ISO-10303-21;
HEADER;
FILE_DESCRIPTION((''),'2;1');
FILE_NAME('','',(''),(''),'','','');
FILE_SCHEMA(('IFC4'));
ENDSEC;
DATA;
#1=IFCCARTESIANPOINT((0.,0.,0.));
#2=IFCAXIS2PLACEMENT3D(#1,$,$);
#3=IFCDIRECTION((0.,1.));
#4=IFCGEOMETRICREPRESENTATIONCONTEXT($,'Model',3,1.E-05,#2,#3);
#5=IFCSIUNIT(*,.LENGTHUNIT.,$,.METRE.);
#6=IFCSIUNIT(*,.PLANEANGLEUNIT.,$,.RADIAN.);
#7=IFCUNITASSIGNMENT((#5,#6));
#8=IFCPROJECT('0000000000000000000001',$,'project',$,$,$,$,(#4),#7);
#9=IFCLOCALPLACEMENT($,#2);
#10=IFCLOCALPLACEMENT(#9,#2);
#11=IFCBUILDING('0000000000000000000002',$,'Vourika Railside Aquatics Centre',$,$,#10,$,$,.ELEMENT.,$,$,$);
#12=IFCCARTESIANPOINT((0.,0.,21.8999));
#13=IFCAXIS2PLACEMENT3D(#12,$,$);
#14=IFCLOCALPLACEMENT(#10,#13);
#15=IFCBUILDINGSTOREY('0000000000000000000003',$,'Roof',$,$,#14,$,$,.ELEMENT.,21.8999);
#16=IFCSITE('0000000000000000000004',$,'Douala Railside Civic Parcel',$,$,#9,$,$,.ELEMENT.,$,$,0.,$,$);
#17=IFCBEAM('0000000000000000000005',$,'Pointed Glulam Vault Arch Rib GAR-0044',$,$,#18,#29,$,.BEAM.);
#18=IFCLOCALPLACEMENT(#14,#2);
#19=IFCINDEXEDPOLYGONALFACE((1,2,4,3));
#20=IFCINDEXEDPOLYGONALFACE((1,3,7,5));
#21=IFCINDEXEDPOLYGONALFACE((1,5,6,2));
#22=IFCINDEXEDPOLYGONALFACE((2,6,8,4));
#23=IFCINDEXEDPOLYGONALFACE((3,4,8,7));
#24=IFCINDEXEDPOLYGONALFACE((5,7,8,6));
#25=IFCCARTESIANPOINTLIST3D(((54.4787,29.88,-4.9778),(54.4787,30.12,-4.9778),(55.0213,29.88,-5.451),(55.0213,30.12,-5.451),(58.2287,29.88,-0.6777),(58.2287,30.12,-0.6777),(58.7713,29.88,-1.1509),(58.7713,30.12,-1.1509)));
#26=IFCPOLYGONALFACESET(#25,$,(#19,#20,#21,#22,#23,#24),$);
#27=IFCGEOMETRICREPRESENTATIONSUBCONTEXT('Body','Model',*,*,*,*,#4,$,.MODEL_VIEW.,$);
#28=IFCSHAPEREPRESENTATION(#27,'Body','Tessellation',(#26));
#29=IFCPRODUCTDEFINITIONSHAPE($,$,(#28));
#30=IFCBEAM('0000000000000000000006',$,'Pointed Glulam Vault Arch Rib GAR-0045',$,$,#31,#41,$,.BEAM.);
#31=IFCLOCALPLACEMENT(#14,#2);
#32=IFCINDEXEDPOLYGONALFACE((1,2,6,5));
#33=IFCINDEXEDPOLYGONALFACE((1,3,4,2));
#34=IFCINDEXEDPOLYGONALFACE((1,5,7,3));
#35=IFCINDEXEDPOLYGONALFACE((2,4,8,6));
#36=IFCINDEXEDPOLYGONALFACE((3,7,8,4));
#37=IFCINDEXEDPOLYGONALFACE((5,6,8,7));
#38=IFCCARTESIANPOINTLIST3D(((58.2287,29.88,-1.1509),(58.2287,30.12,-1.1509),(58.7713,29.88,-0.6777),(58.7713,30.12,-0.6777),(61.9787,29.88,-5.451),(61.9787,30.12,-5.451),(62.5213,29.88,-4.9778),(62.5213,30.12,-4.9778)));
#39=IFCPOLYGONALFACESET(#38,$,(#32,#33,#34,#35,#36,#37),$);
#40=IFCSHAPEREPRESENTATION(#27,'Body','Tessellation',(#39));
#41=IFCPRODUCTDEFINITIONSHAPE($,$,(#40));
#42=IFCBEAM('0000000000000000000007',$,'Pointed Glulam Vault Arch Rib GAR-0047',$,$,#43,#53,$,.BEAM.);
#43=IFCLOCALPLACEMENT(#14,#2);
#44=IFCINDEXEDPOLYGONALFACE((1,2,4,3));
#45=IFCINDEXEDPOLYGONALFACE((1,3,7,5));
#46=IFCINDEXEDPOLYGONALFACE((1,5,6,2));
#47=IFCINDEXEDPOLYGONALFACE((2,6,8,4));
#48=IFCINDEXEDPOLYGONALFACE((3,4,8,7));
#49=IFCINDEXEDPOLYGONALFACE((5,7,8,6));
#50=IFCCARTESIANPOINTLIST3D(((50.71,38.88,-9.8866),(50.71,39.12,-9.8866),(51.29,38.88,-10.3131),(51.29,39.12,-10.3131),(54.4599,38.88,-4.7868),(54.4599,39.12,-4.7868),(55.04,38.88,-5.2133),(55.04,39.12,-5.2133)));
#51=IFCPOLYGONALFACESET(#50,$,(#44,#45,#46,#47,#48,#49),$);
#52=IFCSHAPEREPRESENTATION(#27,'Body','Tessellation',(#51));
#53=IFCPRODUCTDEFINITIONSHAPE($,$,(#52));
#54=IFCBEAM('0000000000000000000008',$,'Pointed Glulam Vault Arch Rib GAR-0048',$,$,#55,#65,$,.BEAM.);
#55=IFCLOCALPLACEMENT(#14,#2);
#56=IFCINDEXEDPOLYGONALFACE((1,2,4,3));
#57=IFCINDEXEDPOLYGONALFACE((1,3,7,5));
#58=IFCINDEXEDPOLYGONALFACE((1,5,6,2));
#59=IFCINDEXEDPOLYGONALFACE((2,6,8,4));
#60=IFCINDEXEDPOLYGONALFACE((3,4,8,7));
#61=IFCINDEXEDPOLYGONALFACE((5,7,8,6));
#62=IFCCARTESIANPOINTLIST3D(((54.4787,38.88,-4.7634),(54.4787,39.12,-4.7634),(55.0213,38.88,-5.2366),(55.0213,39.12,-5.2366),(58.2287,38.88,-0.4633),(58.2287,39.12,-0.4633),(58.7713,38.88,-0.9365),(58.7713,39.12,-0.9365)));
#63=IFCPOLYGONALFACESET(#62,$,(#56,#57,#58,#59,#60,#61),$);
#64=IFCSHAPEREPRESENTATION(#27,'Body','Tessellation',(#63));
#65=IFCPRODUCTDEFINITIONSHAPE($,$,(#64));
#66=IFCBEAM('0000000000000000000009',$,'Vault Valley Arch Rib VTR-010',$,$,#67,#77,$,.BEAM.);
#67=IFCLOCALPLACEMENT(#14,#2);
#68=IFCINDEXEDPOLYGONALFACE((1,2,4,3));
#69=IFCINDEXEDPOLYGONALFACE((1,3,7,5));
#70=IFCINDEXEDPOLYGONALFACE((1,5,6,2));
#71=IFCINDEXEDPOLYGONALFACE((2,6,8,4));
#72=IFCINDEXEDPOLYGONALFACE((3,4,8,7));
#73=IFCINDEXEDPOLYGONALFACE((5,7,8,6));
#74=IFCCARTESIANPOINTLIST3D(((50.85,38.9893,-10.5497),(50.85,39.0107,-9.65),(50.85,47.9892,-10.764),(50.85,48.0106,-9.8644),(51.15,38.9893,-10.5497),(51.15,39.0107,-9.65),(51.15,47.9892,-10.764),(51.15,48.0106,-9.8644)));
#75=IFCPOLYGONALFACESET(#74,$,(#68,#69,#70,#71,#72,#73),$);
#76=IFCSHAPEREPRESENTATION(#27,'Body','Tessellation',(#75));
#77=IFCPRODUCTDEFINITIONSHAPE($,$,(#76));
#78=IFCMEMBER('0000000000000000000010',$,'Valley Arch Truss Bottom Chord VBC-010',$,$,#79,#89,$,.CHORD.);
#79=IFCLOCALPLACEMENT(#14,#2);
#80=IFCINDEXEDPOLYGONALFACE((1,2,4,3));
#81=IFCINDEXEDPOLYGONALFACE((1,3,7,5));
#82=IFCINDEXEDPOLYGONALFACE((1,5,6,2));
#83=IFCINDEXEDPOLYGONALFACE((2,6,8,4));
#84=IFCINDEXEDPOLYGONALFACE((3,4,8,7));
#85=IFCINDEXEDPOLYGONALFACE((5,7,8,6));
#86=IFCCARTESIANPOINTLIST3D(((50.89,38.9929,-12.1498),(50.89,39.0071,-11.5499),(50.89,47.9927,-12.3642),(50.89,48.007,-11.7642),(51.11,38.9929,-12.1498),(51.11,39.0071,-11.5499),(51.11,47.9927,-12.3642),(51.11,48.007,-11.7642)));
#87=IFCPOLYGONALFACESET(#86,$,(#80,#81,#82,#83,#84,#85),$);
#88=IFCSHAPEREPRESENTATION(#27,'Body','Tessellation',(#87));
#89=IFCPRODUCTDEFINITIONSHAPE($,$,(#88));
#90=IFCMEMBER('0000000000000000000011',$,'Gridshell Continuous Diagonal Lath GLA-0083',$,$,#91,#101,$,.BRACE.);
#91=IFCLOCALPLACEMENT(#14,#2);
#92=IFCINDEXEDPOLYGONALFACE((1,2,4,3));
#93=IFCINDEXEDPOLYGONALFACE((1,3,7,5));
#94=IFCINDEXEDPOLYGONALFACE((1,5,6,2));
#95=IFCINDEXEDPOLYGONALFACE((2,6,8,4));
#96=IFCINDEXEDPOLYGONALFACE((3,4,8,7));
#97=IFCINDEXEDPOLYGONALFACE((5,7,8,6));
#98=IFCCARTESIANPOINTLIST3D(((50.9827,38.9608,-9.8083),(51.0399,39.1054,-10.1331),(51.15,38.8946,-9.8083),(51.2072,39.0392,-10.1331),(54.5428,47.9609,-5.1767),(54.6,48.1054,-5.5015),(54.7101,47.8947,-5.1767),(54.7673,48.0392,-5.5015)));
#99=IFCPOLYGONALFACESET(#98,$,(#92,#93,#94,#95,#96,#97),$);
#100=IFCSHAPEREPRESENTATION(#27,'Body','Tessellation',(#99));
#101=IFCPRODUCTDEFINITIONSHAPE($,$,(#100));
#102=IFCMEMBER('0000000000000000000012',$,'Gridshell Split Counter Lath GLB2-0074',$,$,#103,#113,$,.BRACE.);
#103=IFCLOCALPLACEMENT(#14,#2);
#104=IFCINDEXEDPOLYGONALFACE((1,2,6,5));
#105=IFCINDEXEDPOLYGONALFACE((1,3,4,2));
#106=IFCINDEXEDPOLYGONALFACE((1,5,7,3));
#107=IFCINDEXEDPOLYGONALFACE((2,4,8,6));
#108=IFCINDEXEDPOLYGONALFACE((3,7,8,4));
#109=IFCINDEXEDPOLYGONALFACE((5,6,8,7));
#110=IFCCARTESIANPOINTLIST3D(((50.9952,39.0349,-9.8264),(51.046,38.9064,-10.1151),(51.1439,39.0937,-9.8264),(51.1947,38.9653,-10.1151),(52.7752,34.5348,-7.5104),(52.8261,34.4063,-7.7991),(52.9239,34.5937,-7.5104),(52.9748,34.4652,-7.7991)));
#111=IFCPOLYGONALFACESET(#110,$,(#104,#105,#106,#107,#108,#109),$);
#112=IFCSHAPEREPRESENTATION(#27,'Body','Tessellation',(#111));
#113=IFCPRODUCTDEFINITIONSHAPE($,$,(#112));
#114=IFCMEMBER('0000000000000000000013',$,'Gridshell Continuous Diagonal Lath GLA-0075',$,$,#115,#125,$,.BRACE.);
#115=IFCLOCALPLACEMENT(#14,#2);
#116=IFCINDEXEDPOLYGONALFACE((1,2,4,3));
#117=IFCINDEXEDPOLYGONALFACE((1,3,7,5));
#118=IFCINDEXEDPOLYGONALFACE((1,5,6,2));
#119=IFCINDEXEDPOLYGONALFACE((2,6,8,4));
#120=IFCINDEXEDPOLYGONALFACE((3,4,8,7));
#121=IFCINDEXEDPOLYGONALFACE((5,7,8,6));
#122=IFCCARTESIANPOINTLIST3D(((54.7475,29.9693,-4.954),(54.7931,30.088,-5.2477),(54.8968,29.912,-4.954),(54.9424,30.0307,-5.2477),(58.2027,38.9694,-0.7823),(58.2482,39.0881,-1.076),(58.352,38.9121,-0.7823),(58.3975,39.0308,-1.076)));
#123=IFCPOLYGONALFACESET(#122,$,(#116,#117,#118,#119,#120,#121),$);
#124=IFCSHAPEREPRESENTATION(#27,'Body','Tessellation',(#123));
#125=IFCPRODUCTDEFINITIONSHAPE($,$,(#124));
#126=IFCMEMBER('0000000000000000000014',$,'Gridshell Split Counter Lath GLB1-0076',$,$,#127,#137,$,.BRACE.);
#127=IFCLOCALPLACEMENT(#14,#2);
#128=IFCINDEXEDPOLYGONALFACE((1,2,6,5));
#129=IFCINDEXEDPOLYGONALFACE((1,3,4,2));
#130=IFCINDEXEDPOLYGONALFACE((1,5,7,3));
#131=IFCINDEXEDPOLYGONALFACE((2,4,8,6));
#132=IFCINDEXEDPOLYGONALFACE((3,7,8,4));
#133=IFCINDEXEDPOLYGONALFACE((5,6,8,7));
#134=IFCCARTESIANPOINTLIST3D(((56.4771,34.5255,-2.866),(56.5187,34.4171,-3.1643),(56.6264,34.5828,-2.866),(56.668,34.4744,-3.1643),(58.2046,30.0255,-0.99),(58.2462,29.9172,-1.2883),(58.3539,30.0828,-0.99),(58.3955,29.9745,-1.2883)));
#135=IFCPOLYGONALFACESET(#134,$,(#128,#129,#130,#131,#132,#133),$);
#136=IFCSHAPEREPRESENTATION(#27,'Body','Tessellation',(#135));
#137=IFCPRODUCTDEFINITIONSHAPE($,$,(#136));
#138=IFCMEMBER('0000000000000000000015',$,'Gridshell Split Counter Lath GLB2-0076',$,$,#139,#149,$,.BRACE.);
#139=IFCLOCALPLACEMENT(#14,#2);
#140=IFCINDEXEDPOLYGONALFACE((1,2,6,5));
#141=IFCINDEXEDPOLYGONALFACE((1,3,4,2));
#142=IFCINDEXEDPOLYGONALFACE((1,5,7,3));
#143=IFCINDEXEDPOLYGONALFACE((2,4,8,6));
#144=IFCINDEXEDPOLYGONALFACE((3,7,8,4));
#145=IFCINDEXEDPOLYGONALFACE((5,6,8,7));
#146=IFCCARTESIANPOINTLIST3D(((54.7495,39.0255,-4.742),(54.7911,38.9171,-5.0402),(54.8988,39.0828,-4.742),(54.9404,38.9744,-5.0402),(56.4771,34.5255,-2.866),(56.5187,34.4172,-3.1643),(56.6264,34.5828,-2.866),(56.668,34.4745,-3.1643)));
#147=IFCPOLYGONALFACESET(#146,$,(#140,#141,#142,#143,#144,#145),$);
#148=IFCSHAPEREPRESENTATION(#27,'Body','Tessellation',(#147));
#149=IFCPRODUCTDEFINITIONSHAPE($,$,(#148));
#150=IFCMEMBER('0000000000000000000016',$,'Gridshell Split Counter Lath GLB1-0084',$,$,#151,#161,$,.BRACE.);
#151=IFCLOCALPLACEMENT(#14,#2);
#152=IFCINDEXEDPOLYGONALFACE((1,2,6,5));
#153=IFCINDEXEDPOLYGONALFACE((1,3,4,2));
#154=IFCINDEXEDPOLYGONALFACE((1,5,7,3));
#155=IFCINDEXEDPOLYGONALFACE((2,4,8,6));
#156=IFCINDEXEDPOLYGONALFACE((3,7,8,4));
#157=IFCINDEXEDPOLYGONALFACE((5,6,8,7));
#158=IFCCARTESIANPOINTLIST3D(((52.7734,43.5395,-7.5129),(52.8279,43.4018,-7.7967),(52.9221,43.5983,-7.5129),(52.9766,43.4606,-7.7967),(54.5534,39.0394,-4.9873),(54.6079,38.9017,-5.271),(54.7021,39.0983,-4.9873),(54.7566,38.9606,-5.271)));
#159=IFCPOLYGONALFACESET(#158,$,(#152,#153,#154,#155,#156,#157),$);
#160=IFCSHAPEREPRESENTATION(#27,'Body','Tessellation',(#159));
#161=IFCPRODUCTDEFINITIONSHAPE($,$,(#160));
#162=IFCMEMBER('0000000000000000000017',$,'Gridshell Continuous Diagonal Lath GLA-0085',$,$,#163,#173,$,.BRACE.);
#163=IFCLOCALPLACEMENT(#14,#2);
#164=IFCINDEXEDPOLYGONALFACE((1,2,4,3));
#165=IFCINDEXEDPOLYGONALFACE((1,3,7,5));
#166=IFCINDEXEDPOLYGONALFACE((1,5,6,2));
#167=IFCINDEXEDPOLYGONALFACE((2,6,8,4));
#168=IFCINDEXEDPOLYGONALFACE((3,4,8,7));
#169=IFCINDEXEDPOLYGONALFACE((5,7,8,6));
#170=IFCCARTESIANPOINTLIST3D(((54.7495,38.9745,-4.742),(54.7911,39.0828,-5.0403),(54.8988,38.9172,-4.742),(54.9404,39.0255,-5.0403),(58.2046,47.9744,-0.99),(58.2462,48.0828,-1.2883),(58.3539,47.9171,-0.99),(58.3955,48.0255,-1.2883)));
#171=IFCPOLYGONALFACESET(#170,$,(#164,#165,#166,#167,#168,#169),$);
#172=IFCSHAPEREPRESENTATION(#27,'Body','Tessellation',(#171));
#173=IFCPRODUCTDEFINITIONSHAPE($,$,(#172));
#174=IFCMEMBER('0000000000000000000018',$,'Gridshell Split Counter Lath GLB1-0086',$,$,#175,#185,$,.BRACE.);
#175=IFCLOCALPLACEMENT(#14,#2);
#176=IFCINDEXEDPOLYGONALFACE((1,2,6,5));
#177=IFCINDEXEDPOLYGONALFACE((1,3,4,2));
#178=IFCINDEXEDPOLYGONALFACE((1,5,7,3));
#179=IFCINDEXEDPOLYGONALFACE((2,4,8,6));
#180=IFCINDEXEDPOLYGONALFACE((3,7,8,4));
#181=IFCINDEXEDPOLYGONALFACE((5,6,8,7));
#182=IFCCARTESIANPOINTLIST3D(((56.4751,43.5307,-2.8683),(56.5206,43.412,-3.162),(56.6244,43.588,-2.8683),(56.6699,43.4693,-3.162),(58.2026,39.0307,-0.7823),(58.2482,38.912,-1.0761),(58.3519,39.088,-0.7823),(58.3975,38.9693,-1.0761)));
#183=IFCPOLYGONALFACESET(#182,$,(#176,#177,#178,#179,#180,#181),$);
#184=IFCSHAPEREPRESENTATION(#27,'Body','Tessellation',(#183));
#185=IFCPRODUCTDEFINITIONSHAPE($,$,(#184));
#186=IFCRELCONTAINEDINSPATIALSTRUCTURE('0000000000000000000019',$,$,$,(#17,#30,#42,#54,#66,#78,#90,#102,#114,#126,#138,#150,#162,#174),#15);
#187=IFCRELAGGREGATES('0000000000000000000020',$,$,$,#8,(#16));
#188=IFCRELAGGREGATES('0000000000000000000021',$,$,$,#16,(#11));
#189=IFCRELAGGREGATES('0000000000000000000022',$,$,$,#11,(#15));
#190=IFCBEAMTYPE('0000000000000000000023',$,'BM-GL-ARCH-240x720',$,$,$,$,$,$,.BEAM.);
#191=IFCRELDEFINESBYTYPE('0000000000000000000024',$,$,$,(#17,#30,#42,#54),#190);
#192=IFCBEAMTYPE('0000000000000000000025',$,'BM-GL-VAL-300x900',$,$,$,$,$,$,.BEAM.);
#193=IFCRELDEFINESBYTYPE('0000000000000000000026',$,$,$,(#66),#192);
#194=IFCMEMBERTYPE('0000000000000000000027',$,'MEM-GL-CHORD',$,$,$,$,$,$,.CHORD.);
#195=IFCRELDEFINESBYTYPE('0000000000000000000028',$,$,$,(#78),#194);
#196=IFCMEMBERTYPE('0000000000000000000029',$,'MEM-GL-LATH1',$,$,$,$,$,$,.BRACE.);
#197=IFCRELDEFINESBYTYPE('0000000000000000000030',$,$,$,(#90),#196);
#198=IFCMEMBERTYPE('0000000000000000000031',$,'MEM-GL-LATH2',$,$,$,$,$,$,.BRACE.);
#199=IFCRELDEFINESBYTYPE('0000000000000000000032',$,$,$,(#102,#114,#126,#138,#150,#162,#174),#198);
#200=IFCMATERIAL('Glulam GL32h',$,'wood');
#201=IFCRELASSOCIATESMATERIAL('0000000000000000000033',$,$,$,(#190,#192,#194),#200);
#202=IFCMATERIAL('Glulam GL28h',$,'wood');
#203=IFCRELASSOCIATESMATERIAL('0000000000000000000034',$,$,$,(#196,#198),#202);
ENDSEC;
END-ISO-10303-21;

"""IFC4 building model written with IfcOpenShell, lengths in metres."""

from ifc_helpers import new_model, si_unit, direction, frame, origin, origin_2d, place, context, subcontext, project, spatial, rectangle, extrude, material, material_profile, profile_set, type_object, element, save


model = new_model("IFC4")

# Units and contexts
model_context = context("Model", 3, precision=1e-05, world=origin(), true_north=direction((0.0, 1.0)))
body_context = subcontext(model_context, "Body", "Model", "MODEL_VIEW")
ifc_project = project(units=[si_unit("LENGTHUNIT", "METRE"), si_unit("PLANEANGLEUNIT", "RADIAN")], contexts=[model_context])

# Site, building, storey
site_placement = place(None, origin())
site = spatial("IfcSite", under=ifc_project, at=site_placement, Name="Douala Railside Civic Parcel", CompositionType="ELEMENT", RefElevation=0.0)
building_placement = place(site_placement, origin())
building = spatial("IfcBuilding", under=site, at=building_placement, Name="Vourika Railside Aquatics Centre", CompositionType="ELEMENT")
storey_placement = place(building_placement, frame((0.0, 0.0, 21.8999)))
storey = spatial("IfcBuildingStorey", under=building, at=storey_placement, Name="Roof", CompositionType="ELEMENT", Elevation=21.8999)

# Beams
ifc_material_1 = material(Name="Glulam GL32h", Category="wood")
ifc_material_profile_1 = material_profile(ifc_material_1, rectangle(XDim=0.24, YDim=0.72, at=origin_2d()), Name="GL32h 240x720")
ifc_profile_set_1 = profile_set([ifc_material_profile_1], Name="Glulam GL32h")
beam_type_1 = type_object("IfcBeamType", Name="BM-GL-ARCH-240x720", PredefinedType="BEAM", material=ifc_profile_set_1)
for number, where, z_axis, x_axis, name in (
    (1, (54.75, 30.0, -5.2144), (0.657259, 0.0, 0.753665), (0.0, 1.0, 0.0), "Pointed Glulam Vault Arch Rib GAR-0044"),
    (2, (58.5, 30.0, -0.9143), (0.657259, 0.0, -0.753665), (0.0, 1.0, 0.0), "Pointed Glulam Vault Arch Rib GAR-0045"),
):
    element("IfcBeam", number, at=place(storey_placement, frame(where, z_axis=z_axis, x_axis=x_axis)), inside=storey, type_object=beam_type_1, Name=name, PredefinedType="BEAM", context=body_context, shape_type="SweptSolid", body=[
        extrude(rectangle(XDim=0.24, YDim=0.72, at=origin_2d()), origin(), (0.0, 0.0, 1.0), 5.7056),
    ])
beam_1_placement = place(storey_placement, frame((51.0, 39.0, -10.0999), z_axis=(0.592401, 0.0, 0.805643), x_axis=(0.0, 1.0, 0.0)))
element("IfcBeam", 3, at=beam_1_placement, inside=storey, type_object=beam_type_1, Name="Pointed Glulam Vault Arch Rib GAR-0047", PredefinedType="BEAM", context=body_context, shape_type="SweptSolid", body=[
    extrude(rectangle(XDim=0.24, YDim=0.72, at=origin_2d()), origin(), (0.0, 0.0, 1.0), 6.3301),
])
beam_2_placement = place(storey_placement, frame((54.75, 39.0, -5.0), z_axis=(0.657259, 0.0, 0.753665), x_axis=(0.0, 1.0, 0.0)))
element("IfcBeam", 4, at=beam_2_placement, inside=storey, type_object=beam_type_1, Name="Pointed Glulam Vault Arch Rib GAR-0048", PredefinedType="BEAM", context=body_context, shape_type="SweptSolid", body=[
    extrude(rectangle(XDim=0.24, YDim=0.72, at=origin_2d()), origin(), (0.0, 0.0, 1.0), 5.7056),
])
ifc_material_profile_2 = material_profile(ifc_material_1, rectangle(XDim=0.3, YDim=0.8999, at=origin_2d()), Name="GL32h 300x900")
ifc_profile_set_2 = profile_set([ifc_material_profile_2], Name="Glulam GL32h")
beam_type_2 = type_object("IfcBeamType", Name="BM-GL-VAL-300x900", PredefinedType="BEAM", material=ifc_profile_set_2)
beam_3_placement = place(storey_placement, frame((51.0, 39.0, -10.0999), z_axis=(0.0, 0.999716, -0.023811), x_axis=(-1.0, 0.0, 0.0)))
element("IfcBeam", 5, at=beam_3_placement, inside=storey, type_object=beam_type_2, Name="Vault Valley Arch Rib VTR-010", PredefinedType="BEAM", context=body_context, shape_type="SweptSolid", body=[
    extrude(rectangle(XDim=0.3, YDim=0.8999, at=origin_2d()), origin(), (0.0, 0.0, 1.0), 9.0024),
])

# Members
ifc_material_profile_3 = material_profile(ifc_material_1, rectangle(XDim=0.22, YDim=0.6001, at=origin_2d()), Name="GL32h 220x600")
ifc_profile_set_3 = profile_set([ifc_material_profile_3], Name="Glulam GL32h")
member_type_1 = type_object("IfcMemberType", Name="MEM-GL-CHORD", PredefinedType="CHORD", material=ifc_profile_set_3)
member_1_placement = place(storey_placement, frame((51.0, 39.0, -11.8499), z_axis=(0.0, 0.999716, -0.023811), x_axis=(-1.0, 0.0, 0.0)))
element("IfcMember", 6, at=member_1_placement, inside=storey, type_object=member_type_1, Name="Valley Arch Truss Bottom Chord VBC-010", PredefinedType="CHORD", context=body_context, shape_type="SweptSolid", body=[
    extrude(rectangle(XDim=0.22, YDim=0.6001, at=origin_2d()), origin(), (0.0, 0.0, 1.0), 9.0024),
])
ifc_material_2 = material(Name="Glulam GL28h", Category="wood")
ifc_material_profile_4 = material_profile(ifc_material_2, rectangle(XDim=0.1799, YDim=0.3601, at=origin_2d()), Name="GL28h 180x360")
ifc_profile_set_4 = profile_set([ifc_material_profile_4], Name="Glulam GL28h")
member_type_2 = type_object("IfcMemberType", Name="MEM-GL-LATH1", PredefinedType="BRACE", material=ifc_profile_set_4)
member_2_placement = place(storey_placement, frame((51.095, 39.0, -9.9707), z_axis=(0.331796, 0.838796, 0.431662), x_axis=(-0.929893, 0.36783, 0.0)))
element("IfcMember", 7, at=member_2_placement, inside=storey, type_object=member_type_2, Name="Gridshell Continuous Diagonal Lath GLA-0083", PredefinedType="BRACE", context=body_context, shape_type="SweptSolid", body=[
    extrude(rectangle(XDim=0.1799, YDim=0.3601, at=origin_2d()), origin(), (0.0, 0.0, 1.0), 10.7297),
])
ifc_material_profile_5 = material_profile(ifc_material_2, rectangle(XDim=0.1599, YDim=0.3201, at=origin_2d()), Name="GL28h 160x320")
ifc_profile_set_5 = profile_set([ifc_material_profile_5], Name="Glulam GL28h")
member_type_3 = type_object("IfcMemberType", Name="MEM-GL-LATH2", PredefinedType="BRACE", material=ifc_profile_set_5)
member_3_placement = place(storey_placement, frame((52.875, 34.5, -7.6548), z_axis=(-0.331793, 0.838788, -0.431681), x_axis=(-0.929893, -0.36783, 0.0)))
element("IfcMember", 8, at=member_3_placement, inside=storey, type_object=member_type_3, Name="Gridshell Split Counter Lath GLB2-0074", PredefinedType="BRACE", context=body_context, shape_type="SweptSolid", body=[
    extrude(rectangle(XDim=0.1599, YDim=0.3201, at=origin_2d()), origin(), (0.0, 0.0, 1.0), 5.365),
])
member_4_placement = place(storey_placement, frame((54.845, 30.0, -5.1008), z_axis=(0.328921, 0.856793, 0.397136), x_axis=(-0.93357, 0.358395, 0.0)))
element("IfcMember", 9, at=member_4_placement, inside=storey, type_object=member_type_3, Name="Gridshell Continuous Diagonal Lath GLA-0075", PredefinedType="BRACE", context=body_context, shape_type="SweptSolid", body=[
    extrude(rectangle(XDim=0.1599, YDim=0.3201, at=origin_2d()), origin(), (0.0, 0.0, 1.0), 10.5044),
])
for number, where, z_axis, x_axis, name in (
    (10, (58.3, 30.0, -1.1392), (-0.333992, 0.870003, -0.36269), (-0.93357, -0.358395, 0.0), "Gridshell Split Counter Lath GLB1-0076"),
    (11, (56.5725, 34.5, -3.0151), (-0.333992, 0.870003, -0.36269), (-0.93357, -0.358395, 0.0), "Gridshell Split Counter Lath GLB2-0076"),
):
    element("IfcMember", number, at=place(storey_placement, frame(where, z_axis=z_axis, x_axis=x_axis)), inside=storey, type_object=member_type_3, Name=name, PredefinedType="BRACE", context=body_context, shape_type="SweptSolid", body=[
        extrude(rectangle(XDim=0.1599, YDim=0.3201, at=origin_2d()), origin(), (0.0, 0.0, 1.0), 5.1724),
    ])
member_5_placement = place(storey_placement, frame((54.655, 39.0, -5.1292), z_axis=(-0.326091, 0.824373, -0.462681), x_axis=(-0.929893, -0.36783, 0.0)))
element("IfcMember", 12, at=member_5_placement, inside=storey, type_object=member_type_3, Name="Gridshell Split Counter Lath GLB1-0084", PredefinedType="BRACE", context=body_context, shape_type="SweptSolid", body=[
    extrude(rectangle(XDim=0.1599, YDim=0.3201, at=origin_2d()), origin(), (0.0, 0.0, 1.0), 5.4587),
])
member_6_placement = place(storey_placement, frame((54.845, 39.0, -4.8911), z_axis=(0.333992, 0.870003, 0.36269), x_axis=(-0.93357, 0.358395, 0.0)))
element("IfcMember", 13, at=member_6_placement, inside=storey, type_object=member_type_3, Name="Gridshell Continuous Diagonal Lath GLA-0085", PredefinedType="BRACE", context=body_context, shape_type="SweptSolid", body=[
    extrude(rectangle(XDim=0.1599, YDim=0.3201, at=origin_2d()), origin(), (0.0, 0.0, 1.0), 10.3447),
])
member_7_placement = place(storey_placement, frame((58.3, 39.0, -0.9292), z_axis=(-0.328918, 0.856785, -0.397156), x_axis=(-0.93357, -0.358395, 0.0)))
element("IfcMember", 14, at=member_7_placement, inside=storey, type_object=member_type_3, Name="Gridshell Split Counter Lath GLB1-0086", PredefinedType="BRACE", context=body_context, shape_type="SweptSolid", body=[
    extrude(rectangle(XDim=0.1599, YDim=0.3201, at=origin_2d()), origin(), (0.0, 0.0, 1.0), 5.2522),
])

save(model, "model.ifc")
